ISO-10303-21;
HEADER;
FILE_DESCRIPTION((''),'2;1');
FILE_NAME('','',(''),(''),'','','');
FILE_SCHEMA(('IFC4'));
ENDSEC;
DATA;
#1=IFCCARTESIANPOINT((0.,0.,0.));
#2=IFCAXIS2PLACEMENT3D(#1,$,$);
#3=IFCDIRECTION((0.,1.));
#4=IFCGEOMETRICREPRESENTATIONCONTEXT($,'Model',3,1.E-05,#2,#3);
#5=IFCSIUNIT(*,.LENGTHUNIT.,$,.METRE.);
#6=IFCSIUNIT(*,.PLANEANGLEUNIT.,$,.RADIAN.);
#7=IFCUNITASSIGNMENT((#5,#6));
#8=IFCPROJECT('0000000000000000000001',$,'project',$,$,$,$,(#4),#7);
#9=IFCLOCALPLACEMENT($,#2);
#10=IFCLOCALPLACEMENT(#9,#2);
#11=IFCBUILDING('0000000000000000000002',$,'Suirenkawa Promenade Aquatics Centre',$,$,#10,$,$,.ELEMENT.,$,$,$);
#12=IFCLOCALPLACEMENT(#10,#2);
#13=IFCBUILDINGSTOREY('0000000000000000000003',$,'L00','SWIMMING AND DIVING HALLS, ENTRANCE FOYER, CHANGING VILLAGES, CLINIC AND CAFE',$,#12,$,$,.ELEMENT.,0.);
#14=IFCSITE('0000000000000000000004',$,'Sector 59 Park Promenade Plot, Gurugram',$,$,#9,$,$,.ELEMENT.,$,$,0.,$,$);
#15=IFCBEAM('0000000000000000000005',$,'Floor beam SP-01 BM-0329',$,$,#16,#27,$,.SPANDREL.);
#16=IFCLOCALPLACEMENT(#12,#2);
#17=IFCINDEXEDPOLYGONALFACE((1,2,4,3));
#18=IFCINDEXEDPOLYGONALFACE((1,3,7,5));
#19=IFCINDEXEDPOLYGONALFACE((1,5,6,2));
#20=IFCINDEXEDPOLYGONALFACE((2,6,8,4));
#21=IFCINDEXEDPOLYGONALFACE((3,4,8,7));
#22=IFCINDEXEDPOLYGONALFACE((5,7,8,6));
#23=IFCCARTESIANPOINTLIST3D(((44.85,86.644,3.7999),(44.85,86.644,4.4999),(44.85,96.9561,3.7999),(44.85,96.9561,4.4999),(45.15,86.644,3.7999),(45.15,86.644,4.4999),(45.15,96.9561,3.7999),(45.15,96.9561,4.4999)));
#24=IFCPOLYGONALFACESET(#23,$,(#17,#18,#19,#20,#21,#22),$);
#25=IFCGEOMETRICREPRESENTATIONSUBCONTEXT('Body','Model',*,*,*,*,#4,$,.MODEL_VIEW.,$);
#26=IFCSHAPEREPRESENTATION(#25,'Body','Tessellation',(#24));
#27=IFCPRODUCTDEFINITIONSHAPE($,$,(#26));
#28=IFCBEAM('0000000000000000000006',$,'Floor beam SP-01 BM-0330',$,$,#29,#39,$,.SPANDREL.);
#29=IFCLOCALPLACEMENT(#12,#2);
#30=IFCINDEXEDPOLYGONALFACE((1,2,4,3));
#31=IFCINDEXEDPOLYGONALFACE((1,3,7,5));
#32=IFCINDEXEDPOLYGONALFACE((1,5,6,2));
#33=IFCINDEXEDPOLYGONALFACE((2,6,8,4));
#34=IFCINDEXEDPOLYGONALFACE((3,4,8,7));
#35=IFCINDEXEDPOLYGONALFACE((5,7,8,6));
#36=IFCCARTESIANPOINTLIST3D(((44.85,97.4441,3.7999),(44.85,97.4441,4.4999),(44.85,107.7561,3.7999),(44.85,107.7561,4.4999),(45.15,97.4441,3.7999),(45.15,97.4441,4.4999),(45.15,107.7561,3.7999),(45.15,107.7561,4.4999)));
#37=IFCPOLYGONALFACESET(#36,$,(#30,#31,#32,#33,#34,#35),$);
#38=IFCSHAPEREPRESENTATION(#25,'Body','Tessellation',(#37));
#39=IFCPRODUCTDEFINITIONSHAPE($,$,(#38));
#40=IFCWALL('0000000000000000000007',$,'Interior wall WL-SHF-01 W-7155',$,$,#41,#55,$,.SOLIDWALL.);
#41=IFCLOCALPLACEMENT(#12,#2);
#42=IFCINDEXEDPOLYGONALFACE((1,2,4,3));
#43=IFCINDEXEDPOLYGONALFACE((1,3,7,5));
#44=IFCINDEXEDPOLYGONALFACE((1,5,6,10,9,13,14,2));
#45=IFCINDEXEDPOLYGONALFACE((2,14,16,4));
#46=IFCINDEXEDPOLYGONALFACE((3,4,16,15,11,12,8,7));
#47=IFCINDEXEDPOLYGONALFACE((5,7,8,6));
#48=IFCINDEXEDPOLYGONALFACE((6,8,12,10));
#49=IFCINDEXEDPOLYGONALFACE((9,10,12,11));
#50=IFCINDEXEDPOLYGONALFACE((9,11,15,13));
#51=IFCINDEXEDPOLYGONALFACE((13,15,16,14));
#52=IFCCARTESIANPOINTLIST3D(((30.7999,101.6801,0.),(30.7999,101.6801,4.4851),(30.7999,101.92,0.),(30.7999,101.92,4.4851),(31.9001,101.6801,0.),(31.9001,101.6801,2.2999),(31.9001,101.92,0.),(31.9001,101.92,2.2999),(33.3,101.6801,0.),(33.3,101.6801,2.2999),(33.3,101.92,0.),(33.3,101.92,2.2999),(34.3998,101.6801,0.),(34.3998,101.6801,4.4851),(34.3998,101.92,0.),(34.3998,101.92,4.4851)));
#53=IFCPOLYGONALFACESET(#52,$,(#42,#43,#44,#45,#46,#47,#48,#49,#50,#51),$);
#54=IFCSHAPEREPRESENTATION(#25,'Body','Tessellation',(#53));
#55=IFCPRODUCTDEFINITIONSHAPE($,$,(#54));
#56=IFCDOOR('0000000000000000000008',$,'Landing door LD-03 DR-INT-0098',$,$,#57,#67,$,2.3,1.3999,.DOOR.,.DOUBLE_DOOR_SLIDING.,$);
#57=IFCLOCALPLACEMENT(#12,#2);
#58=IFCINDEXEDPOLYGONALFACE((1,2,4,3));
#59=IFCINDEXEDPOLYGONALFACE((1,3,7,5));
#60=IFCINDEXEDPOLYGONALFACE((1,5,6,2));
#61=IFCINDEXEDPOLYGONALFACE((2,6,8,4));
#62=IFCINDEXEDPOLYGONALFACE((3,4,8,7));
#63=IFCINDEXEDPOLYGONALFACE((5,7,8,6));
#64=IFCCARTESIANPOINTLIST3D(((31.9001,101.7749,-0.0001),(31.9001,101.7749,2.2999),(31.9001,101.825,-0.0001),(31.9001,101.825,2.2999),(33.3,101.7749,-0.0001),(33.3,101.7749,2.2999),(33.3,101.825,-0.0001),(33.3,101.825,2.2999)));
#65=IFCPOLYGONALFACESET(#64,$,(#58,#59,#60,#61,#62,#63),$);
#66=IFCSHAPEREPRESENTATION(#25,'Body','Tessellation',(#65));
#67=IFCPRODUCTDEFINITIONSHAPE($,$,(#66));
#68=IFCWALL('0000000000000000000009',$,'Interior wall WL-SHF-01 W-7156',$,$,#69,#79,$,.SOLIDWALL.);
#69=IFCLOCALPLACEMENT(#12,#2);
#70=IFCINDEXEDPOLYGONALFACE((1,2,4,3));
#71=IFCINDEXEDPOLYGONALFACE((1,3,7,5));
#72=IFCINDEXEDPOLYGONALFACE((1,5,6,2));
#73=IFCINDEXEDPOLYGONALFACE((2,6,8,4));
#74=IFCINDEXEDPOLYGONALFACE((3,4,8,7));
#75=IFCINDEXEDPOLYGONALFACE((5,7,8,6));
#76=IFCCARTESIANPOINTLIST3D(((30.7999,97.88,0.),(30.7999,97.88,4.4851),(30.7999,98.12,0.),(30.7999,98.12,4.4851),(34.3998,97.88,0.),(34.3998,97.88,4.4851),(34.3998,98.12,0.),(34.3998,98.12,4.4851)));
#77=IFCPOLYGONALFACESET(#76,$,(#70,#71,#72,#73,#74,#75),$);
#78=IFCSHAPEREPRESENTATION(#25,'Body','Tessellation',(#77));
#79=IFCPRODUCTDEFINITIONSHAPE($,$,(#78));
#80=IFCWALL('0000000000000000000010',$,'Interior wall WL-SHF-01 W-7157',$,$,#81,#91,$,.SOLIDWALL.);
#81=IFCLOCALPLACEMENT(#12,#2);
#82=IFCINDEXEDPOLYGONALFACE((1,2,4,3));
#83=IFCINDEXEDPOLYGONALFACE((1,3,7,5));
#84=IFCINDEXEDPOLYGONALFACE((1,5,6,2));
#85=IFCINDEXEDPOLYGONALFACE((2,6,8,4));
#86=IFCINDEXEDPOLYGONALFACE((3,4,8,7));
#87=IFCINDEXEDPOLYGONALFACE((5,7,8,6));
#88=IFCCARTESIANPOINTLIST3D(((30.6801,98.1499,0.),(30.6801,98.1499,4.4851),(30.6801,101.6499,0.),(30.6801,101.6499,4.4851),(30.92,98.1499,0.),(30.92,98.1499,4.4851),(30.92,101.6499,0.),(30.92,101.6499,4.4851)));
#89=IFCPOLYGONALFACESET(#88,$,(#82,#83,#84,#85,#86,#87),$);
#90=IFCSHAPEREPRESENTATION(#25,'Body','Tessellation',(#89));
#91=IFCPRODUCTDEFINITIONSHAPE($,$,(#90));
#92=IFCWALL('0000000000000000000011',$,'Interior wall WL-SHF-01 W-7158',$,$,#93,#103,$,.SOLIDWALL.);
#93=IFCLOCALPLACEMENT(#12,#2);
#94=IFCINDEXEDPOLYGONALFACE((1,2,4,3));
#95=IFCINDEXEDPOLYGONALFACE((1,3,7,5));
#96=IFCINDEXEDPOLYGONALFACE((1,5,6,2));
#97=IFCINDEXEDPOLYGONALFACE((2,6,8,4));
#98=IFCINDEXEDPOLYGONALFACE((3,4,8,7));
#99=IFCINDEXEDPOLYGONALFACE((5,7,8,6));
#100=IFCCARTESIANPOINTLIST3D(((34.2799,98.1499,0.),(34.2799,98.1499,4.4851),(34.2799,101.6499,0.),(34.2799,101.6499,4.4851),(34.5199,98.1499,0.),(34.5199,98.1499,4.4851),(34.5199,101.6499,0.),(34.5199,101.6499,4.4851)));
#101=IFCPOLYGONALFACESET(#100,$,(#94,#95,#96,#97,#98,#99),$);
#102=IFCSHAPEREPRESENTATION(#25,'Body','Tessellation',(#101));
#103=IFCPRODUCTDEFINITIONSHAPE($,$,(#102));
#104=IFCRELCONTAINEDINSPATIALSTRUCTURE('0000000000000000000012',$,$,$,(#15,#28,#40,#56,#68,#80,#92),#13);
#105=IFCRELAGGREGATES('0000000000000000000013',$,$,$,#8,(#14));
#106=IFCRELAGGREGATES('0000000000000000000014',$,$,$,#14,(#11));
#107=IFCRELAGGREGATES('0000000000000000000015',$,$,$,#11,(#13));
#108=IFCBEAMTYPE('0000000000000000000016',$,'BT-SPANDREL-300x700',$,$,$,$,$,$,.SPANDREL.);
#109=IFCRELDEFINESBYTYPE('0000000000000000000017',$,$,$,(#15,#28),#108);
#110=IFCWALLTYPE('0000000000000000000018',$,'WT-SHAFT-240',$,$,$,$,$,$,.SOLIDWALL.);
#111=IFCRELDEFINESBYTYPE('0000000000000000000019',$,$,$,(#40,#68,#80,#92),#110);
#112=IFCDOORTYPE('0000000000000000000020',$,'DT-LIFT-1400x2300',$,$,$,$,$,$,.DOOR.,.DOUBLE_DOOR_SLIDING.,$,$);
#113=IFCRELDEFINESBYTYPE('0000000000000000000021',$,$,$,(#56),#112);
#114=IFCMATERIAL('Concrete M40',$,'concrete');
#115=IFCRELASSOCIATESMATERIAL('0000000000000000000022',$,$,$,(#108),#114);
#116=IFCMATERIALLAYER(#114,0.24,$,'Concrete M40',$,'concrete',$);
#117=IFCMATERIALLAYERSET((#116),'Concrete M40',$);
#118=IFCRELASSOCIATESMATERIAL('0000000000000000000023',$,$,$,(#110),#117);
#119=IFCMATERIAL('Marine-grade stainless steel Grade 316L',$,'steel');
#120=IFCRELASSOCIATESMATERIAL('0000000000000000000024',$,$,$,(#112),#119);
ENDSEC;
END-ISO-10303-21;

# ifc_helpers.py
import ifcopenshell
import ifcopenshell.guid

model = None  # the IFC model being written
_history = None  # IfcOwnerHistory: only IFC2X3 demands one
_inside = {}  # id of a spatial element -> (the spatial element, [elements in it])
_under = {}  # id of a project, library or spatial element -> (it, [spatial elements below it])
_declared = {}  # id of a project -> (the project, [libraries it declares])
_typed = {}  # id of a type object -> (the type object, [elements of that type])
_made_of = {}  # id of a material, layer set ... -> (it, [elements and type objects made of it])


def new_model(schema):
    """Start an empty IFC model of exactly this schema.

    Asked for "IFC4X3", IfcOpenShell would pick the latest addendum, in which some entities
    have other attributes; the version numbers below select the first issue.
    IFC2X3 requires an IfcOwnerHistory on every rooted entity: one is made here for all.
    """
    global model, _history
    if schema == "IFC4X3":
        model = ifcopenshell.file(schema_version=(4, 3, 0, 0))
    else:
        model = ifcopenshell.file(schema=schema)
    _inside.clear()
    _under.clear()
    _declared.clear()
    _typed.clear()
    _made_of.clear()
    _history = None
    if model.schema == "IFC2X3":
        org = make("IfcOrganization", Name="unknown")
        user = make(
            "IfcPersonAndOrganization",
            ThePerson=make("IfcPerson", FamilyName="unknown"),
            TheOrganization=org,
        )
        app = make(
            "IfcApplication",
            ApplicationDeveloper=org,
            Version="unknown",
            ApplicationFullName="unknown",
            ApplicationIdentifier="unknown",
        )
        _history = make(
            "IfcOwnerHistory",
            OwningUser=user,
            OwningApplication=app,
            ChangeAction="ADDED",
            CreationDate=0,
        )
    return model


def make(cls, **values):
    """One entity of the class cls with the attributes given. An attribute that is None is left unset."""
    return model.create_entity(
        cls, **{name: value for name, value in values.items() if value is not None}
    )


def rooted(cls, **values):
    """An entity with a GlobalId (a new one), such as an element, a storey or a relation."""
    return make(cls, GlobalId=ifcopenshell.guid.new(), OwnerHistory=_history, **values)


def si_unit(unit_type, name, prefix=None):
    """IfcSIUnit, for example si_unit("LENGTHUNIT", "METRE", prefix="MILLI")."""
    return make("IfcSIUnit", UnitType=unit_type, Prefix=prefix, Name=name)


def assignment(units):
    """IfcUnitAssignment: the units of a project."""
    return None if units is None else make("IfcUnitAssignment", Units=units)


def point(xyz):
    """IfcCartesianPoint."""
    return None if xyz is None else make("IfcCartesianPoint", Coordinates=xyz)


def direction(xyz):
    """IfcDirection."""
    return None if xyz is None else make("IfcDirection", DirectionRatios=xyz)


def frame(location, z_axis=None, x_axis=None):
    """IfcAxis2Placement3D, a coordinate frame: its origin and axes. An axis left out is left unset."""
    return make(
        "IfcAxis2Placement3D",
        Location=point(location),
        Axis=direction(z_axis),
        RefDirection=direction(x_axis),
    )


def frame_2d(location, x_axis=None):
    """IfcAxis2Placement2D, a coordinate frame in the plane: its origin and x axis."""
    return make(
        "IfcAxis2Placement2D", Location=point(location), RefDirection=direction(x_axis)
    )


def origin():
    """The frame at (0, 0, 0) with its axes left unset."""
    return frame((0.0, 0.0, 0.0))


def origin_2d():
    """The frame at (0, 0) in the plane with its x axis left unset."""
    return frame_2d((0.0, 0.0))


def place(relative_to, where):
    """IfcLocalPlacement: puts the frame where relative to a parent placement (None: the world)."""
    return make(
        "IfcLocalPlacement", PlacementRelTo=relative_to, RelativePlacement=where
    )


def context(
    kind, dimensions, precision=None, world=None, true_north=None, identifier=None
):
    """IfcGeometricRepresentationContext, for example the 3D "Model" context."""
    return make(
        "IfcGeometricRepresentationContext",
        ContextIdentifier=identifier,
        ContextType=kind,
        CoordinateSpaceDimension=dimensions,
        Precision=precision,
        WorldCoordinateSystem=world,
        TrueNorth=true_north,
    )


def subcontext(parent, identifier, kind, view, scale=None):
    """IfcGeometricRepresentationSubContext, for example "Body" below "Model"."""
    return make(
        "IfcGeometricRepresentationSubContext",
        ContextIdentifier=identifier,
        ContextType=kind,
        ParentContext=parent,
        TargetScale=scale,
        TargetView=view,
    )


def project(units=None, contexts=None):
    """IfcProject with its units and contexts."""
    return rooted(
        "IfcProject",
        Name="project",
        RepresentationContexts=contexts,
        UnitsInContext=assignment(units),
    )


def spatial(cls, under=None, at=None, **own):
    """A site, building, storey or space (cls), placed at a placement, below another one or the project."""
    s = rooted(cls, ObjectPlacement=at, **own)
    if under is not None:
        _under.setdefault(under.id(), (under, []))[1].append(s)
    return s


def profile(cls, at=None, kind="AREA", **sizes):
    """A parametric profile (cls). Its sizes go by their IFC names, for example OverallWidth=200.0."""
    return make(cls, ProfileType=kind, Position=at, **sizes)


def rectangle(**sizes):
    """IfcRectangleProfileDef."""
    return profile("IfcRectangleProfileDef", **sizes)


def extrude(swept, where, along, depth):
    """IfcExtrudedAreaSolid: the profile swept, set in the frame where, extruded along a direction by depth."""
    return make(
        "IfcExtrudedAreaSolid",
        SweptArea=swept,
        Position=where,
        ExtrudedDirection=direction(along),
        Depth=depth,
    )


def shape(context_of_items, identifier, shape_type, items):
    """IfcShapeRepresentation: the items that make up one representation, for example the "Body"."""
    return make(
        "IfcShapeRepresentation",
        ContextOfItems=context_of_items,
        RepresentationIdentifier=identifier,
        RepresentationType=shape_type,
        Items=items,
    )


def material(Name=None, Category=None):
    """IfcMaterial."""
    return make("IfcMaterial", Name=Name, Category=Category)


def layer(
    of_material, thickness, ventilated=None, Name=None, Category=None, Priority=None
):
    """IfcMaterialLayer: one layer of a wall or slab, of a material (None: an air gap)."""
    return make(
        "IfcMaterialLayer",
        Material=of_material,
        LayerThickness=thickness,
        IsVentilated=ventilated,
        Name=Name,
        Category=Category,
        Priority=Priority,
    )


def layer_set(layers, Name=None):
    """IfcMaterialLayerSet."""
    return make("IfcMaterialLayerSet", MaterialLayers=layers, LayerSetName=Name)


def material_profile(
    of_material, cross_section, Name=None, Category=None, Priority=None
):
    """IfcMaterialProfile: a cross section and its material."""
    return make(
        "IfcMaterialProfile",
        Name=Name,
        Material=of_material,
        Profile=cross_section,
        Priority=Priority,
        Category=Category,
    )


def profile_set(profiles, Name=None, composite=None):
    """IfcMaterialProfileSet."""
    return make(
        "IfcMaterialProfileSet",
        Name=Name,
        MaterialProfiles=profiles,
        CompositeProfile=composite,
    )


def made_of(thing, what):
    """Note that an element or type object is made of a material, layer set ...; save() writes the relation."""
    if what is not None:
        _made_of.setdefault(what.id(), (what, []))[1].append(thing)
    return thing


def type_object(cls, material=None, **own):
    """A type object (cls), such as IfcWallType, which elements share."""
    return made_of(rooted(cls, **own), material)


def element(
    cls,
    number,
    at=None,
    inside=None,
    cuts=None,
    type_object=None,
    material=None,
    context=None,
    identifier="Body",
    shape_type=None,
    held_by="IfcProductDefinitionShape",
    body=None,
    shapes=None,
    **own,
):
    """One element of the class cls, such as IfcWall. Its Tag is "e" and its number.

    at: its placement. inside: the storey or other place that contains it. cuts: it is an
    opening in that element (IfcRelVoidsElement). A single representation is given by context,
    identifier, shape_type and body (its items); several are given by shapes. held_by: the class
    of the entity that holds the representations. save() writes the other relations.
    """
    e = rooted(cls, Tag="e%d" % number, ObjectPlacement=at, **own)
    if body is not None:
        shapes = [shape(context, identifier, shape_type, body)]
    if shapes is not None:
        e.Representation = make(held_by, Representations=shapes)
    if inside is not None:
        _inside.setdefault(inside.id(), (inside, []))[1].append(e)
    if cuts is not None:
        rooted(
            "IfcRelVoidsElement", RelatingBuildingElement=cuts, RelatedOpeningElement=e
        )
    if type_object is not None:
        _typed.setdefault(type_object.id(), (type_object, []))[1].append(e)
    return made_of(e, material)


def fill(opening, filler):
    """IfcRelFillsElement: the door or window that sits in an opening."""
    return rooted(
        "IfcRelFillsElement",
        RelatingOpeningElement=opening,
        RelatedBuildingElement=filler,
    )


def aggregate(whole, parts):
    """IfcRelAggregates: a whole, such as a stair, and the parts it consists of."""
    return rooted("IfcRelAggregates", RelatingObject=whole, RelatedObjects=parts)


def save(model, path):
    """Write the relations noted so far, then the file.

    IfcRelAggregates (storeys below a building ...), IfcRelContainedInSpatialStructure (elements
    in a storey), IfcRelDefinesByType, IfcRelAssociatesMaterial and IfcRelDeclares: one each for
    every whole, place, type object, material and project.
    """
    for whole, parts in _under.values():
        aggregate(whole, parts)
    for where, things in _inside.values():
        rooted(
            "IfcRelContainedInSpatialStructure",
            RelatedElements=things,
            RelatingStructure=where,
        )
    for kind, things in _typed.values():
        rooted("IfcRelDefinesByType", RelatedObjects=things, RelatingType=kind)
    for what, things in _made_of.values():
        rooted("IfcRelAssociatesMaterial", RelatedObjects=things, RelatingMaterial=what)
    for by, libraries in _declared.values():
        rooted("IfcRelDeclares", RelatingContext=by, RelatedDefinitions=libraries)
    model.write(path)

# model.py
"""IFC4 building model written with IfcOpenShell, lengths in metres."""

from ifc_helpers import new_model, si_unit, direction, frame, frame_2d, origin, origin_2d, place, context, subcontext, project, spatial, rectangle, extrude, material, layer, layer_set, material_profile, profile_set, type_object, element, fill, save


model = new_model("IFC4")

# Units and contexts
model_context = context("Model", 3, precision=1e-05, world=origin(), true_north=direction((0.0, 1.0)))
body_context = subcontext(model_context, "Body", "Model", "MODEL_VIEW")
ifc_project = project(units=[si_unit("LENGTHUNIT", "METRE"), si_unit("PLANEANGLEUNIT", "RADIAN")], contexts=[model_context])

# Site, building, storey
site_placement = place(None, origin())
site = spatial("IfcSite", under=ifc_project, at=site_placement, Name="Sector 59 Park Promenade Plot, Gurugram", CompositionType="ELEMENT", RefElevation=0.0)
building_placement = place(site_placement, origin())
building = spatial("IfcBuilding", under=site, at=building_placement, Name="Suirenkawa Promenade Aquatics Centre", CompositionType="ELEMENT")
storey_placement = place(building_placement, origin())
storey = spatial("IfcBuildingStorey", under=building, at=storey_placement, Name="L00", Description="SWIMMING AND DIVING HALLS, ENTRANCE FOYER, CHANGING VILLAGES, CLINIC AND CAFE", CompositionType="ELEMENT", Elevation=0.0)

# Shared definitions
ifc_material_1 = material(Name="Concrete M40", Category="concrete")

# Beams
ifc_material_profile_1 = material_profile(ifc_material_1, rectangle(XDim=0.3, YDim=0.7, at=origin_2d()), Name="RC SPANDREL 300x700", Category="concrete")
ifc_profile_set_1 = profile_set([ifc_material_profile_1], Name="Concrete M40")
beam_type_1 = type_object("IfcBeamType", Name="BT-SPANDREL-300x700", PredefinedType="SPANDREL", material=ifc_profile_set_1)
for number, where, z_axis, x_axis, name in (
    (1, (45.0, 86.644, 4.1499), (0.0, 1.0, 0.0), (-1.0, 0.0, 0.0), "Floor beam SP-01 BM-0329"),
    (2, (45.0, 97.4441, 4.1499), (0.0, 1.0, 0.0), (-1.0, 0.0, 0.0), "Floor beam SP-01 BM-0330"),
):
    element("IfcBeam", number, at=place(storey_placement, frame(where, z_axis=z_axis, x_axis=x_axis)), inside=storey, type_object=beam_type_1, Name=name, PredefinedType="SPANDREL", context=body_context, shape_type="SweptSolid", body=[
        extrude(rectangle(XDim=0.3, YDim=0.7, at=origin_2d()), origin(), (0.0, 0.0, 1.0), 10.312),
    ])

# Wall, opening, door
ifc_layer = layer(ifc_material_1, 0.24, Name="Concrete M40", Category="concrete")
ifc_layer_set = layer_set([ifc_layer], Name="Concrete M40")
wall_type = type_object("IfcWallType", Name="WT-SHAFT-240", PredefinedType="SOLIDWALL", material=ifc_layer_set)
wall_1_placement = place(storey_placement, frame((30.8, 101.8, 0.0), z_axis=(0.0, 0.0, 1.0), x_axis=(1.0, 0.0, 0.0)))
wall_1 = element("IfcWall", 3, at=wall_1_placement, inside=storey, type_object=wall_type, Name="Interior wall WL-SHF-01 W-7155", PredefinedType="SOLIDWALL", context=body_context, shape_type="SweptSolid", body=[
    extrude(rectangle(XDim=3.5999, YDim=0.24, at=frame_2d((1.7998, 0.0))), origin(), (0.0, 0.0, 1.0), 4.4851),
])
opening_placement = place(wall_1_placement, frame((1.1001, 0.0, 0.0)))
opening = element("IfcOpeningElement", 4, at=opening_placement, cuts=wall_1, PredefinedType="OPENING", context=body_context, shape_type="SweptSolid", body=[
    extrude(rectangle(XDim=1.3999, YDim=2.3, at=frame_2d((0.7, 1.1499))), frame((0.0, 0.1299, 0.0), z_axis=(0.0, -1.0, 0.0), x_axis=(1.0, 0.0, 0.0)), (0.0, 0.0, 1.0), 0.26),
])
ifc_material_2 = material(Name="Marine-grade stainless steel Grade 316L", Category="steel")
door_type = type_object("IfcDoorType", Name="DT-LIFT-1400x2300", OperationType="DOUBLE_DOOR_SLIDING", PredefinedType="DOOR", material=ifc_material_2)
door_placement = place(opening_placement, origin())
door = element("IfcDoor", 5, at=door_placement, inside=storey, type_object=door_type, Name="Landing door LD-03 DR-INT-0098", OperationType="DOUBLE_DOOR_SLIDING", OverallHeight=2.3, OverallWidth=1.3999, PredefinedType="DOOR", context=body_context, shape_type="SweptSolid", body=[
    extrude(rectangle(XDim=1.3999, YDim=2.3, at=frame_2d((0.7, 1.1499))), frame((0.0, 0.0249, 0.0), z_axis=(0.0, -1.0, 0.0), x_axis=(1.0, 0.0, 0.0)), (0.0, 0.0, 1.0), 0.05),
])
fill(opening, door)

# Walls
wall_2_placement = place(storey_placement, frame((30.8, 98.0, 0.0), z_axis=(0.0, 0.0, 1.0), x_axis=(1.0, 0.0, 0.0)))
element("IfcWall", 6, at=wall_2_placement, inside=storey, type_object=wall_type, Name="Interior wall WL-SHF-01 W-7156", PredefinedType="SOLIDWALL", context=body_context, shape_type="SweptSolid", body=[
    extrude(rectangle(XDim=3.5999, YDim=0.24, at=frame_2d((1.7998, 0.0))), origin(), (0.0, 0.0, 1.0), 4.4851),
])
for number, where, z_axis, x_axis, name in (
    (7, (30.8, 98.1499, 0.0), (0.0, 0.0, 1.0), (0.0, 1.0, 0.0), "Interior wall WL-SHF-01 W-7157"),
    (8, (34.3999, 98.1499, 0.0), (0.0, 0.0, 1.0), (0.0, 1.0, 0.0), "Interior wall WL-SHF-01 W-7158"),
):
    element("IfcWall", number, at=place(storey_placement, frame(where, z_axis=z_axis, x_axis=x_axis)), inside=storey, type_object=wall_type, Name=name, PredefinedType="SOLIDWALL", context=body_context, shape_type="SweptSolid", body=[
        extrude(rectangle(XDim=3.5, YDim=0.24, at=frame_2d((1.75, 0.0))), origin(), (0.0, 0.0, 1.0), 4.4851),
    ])

save(model, "model.ifc")
